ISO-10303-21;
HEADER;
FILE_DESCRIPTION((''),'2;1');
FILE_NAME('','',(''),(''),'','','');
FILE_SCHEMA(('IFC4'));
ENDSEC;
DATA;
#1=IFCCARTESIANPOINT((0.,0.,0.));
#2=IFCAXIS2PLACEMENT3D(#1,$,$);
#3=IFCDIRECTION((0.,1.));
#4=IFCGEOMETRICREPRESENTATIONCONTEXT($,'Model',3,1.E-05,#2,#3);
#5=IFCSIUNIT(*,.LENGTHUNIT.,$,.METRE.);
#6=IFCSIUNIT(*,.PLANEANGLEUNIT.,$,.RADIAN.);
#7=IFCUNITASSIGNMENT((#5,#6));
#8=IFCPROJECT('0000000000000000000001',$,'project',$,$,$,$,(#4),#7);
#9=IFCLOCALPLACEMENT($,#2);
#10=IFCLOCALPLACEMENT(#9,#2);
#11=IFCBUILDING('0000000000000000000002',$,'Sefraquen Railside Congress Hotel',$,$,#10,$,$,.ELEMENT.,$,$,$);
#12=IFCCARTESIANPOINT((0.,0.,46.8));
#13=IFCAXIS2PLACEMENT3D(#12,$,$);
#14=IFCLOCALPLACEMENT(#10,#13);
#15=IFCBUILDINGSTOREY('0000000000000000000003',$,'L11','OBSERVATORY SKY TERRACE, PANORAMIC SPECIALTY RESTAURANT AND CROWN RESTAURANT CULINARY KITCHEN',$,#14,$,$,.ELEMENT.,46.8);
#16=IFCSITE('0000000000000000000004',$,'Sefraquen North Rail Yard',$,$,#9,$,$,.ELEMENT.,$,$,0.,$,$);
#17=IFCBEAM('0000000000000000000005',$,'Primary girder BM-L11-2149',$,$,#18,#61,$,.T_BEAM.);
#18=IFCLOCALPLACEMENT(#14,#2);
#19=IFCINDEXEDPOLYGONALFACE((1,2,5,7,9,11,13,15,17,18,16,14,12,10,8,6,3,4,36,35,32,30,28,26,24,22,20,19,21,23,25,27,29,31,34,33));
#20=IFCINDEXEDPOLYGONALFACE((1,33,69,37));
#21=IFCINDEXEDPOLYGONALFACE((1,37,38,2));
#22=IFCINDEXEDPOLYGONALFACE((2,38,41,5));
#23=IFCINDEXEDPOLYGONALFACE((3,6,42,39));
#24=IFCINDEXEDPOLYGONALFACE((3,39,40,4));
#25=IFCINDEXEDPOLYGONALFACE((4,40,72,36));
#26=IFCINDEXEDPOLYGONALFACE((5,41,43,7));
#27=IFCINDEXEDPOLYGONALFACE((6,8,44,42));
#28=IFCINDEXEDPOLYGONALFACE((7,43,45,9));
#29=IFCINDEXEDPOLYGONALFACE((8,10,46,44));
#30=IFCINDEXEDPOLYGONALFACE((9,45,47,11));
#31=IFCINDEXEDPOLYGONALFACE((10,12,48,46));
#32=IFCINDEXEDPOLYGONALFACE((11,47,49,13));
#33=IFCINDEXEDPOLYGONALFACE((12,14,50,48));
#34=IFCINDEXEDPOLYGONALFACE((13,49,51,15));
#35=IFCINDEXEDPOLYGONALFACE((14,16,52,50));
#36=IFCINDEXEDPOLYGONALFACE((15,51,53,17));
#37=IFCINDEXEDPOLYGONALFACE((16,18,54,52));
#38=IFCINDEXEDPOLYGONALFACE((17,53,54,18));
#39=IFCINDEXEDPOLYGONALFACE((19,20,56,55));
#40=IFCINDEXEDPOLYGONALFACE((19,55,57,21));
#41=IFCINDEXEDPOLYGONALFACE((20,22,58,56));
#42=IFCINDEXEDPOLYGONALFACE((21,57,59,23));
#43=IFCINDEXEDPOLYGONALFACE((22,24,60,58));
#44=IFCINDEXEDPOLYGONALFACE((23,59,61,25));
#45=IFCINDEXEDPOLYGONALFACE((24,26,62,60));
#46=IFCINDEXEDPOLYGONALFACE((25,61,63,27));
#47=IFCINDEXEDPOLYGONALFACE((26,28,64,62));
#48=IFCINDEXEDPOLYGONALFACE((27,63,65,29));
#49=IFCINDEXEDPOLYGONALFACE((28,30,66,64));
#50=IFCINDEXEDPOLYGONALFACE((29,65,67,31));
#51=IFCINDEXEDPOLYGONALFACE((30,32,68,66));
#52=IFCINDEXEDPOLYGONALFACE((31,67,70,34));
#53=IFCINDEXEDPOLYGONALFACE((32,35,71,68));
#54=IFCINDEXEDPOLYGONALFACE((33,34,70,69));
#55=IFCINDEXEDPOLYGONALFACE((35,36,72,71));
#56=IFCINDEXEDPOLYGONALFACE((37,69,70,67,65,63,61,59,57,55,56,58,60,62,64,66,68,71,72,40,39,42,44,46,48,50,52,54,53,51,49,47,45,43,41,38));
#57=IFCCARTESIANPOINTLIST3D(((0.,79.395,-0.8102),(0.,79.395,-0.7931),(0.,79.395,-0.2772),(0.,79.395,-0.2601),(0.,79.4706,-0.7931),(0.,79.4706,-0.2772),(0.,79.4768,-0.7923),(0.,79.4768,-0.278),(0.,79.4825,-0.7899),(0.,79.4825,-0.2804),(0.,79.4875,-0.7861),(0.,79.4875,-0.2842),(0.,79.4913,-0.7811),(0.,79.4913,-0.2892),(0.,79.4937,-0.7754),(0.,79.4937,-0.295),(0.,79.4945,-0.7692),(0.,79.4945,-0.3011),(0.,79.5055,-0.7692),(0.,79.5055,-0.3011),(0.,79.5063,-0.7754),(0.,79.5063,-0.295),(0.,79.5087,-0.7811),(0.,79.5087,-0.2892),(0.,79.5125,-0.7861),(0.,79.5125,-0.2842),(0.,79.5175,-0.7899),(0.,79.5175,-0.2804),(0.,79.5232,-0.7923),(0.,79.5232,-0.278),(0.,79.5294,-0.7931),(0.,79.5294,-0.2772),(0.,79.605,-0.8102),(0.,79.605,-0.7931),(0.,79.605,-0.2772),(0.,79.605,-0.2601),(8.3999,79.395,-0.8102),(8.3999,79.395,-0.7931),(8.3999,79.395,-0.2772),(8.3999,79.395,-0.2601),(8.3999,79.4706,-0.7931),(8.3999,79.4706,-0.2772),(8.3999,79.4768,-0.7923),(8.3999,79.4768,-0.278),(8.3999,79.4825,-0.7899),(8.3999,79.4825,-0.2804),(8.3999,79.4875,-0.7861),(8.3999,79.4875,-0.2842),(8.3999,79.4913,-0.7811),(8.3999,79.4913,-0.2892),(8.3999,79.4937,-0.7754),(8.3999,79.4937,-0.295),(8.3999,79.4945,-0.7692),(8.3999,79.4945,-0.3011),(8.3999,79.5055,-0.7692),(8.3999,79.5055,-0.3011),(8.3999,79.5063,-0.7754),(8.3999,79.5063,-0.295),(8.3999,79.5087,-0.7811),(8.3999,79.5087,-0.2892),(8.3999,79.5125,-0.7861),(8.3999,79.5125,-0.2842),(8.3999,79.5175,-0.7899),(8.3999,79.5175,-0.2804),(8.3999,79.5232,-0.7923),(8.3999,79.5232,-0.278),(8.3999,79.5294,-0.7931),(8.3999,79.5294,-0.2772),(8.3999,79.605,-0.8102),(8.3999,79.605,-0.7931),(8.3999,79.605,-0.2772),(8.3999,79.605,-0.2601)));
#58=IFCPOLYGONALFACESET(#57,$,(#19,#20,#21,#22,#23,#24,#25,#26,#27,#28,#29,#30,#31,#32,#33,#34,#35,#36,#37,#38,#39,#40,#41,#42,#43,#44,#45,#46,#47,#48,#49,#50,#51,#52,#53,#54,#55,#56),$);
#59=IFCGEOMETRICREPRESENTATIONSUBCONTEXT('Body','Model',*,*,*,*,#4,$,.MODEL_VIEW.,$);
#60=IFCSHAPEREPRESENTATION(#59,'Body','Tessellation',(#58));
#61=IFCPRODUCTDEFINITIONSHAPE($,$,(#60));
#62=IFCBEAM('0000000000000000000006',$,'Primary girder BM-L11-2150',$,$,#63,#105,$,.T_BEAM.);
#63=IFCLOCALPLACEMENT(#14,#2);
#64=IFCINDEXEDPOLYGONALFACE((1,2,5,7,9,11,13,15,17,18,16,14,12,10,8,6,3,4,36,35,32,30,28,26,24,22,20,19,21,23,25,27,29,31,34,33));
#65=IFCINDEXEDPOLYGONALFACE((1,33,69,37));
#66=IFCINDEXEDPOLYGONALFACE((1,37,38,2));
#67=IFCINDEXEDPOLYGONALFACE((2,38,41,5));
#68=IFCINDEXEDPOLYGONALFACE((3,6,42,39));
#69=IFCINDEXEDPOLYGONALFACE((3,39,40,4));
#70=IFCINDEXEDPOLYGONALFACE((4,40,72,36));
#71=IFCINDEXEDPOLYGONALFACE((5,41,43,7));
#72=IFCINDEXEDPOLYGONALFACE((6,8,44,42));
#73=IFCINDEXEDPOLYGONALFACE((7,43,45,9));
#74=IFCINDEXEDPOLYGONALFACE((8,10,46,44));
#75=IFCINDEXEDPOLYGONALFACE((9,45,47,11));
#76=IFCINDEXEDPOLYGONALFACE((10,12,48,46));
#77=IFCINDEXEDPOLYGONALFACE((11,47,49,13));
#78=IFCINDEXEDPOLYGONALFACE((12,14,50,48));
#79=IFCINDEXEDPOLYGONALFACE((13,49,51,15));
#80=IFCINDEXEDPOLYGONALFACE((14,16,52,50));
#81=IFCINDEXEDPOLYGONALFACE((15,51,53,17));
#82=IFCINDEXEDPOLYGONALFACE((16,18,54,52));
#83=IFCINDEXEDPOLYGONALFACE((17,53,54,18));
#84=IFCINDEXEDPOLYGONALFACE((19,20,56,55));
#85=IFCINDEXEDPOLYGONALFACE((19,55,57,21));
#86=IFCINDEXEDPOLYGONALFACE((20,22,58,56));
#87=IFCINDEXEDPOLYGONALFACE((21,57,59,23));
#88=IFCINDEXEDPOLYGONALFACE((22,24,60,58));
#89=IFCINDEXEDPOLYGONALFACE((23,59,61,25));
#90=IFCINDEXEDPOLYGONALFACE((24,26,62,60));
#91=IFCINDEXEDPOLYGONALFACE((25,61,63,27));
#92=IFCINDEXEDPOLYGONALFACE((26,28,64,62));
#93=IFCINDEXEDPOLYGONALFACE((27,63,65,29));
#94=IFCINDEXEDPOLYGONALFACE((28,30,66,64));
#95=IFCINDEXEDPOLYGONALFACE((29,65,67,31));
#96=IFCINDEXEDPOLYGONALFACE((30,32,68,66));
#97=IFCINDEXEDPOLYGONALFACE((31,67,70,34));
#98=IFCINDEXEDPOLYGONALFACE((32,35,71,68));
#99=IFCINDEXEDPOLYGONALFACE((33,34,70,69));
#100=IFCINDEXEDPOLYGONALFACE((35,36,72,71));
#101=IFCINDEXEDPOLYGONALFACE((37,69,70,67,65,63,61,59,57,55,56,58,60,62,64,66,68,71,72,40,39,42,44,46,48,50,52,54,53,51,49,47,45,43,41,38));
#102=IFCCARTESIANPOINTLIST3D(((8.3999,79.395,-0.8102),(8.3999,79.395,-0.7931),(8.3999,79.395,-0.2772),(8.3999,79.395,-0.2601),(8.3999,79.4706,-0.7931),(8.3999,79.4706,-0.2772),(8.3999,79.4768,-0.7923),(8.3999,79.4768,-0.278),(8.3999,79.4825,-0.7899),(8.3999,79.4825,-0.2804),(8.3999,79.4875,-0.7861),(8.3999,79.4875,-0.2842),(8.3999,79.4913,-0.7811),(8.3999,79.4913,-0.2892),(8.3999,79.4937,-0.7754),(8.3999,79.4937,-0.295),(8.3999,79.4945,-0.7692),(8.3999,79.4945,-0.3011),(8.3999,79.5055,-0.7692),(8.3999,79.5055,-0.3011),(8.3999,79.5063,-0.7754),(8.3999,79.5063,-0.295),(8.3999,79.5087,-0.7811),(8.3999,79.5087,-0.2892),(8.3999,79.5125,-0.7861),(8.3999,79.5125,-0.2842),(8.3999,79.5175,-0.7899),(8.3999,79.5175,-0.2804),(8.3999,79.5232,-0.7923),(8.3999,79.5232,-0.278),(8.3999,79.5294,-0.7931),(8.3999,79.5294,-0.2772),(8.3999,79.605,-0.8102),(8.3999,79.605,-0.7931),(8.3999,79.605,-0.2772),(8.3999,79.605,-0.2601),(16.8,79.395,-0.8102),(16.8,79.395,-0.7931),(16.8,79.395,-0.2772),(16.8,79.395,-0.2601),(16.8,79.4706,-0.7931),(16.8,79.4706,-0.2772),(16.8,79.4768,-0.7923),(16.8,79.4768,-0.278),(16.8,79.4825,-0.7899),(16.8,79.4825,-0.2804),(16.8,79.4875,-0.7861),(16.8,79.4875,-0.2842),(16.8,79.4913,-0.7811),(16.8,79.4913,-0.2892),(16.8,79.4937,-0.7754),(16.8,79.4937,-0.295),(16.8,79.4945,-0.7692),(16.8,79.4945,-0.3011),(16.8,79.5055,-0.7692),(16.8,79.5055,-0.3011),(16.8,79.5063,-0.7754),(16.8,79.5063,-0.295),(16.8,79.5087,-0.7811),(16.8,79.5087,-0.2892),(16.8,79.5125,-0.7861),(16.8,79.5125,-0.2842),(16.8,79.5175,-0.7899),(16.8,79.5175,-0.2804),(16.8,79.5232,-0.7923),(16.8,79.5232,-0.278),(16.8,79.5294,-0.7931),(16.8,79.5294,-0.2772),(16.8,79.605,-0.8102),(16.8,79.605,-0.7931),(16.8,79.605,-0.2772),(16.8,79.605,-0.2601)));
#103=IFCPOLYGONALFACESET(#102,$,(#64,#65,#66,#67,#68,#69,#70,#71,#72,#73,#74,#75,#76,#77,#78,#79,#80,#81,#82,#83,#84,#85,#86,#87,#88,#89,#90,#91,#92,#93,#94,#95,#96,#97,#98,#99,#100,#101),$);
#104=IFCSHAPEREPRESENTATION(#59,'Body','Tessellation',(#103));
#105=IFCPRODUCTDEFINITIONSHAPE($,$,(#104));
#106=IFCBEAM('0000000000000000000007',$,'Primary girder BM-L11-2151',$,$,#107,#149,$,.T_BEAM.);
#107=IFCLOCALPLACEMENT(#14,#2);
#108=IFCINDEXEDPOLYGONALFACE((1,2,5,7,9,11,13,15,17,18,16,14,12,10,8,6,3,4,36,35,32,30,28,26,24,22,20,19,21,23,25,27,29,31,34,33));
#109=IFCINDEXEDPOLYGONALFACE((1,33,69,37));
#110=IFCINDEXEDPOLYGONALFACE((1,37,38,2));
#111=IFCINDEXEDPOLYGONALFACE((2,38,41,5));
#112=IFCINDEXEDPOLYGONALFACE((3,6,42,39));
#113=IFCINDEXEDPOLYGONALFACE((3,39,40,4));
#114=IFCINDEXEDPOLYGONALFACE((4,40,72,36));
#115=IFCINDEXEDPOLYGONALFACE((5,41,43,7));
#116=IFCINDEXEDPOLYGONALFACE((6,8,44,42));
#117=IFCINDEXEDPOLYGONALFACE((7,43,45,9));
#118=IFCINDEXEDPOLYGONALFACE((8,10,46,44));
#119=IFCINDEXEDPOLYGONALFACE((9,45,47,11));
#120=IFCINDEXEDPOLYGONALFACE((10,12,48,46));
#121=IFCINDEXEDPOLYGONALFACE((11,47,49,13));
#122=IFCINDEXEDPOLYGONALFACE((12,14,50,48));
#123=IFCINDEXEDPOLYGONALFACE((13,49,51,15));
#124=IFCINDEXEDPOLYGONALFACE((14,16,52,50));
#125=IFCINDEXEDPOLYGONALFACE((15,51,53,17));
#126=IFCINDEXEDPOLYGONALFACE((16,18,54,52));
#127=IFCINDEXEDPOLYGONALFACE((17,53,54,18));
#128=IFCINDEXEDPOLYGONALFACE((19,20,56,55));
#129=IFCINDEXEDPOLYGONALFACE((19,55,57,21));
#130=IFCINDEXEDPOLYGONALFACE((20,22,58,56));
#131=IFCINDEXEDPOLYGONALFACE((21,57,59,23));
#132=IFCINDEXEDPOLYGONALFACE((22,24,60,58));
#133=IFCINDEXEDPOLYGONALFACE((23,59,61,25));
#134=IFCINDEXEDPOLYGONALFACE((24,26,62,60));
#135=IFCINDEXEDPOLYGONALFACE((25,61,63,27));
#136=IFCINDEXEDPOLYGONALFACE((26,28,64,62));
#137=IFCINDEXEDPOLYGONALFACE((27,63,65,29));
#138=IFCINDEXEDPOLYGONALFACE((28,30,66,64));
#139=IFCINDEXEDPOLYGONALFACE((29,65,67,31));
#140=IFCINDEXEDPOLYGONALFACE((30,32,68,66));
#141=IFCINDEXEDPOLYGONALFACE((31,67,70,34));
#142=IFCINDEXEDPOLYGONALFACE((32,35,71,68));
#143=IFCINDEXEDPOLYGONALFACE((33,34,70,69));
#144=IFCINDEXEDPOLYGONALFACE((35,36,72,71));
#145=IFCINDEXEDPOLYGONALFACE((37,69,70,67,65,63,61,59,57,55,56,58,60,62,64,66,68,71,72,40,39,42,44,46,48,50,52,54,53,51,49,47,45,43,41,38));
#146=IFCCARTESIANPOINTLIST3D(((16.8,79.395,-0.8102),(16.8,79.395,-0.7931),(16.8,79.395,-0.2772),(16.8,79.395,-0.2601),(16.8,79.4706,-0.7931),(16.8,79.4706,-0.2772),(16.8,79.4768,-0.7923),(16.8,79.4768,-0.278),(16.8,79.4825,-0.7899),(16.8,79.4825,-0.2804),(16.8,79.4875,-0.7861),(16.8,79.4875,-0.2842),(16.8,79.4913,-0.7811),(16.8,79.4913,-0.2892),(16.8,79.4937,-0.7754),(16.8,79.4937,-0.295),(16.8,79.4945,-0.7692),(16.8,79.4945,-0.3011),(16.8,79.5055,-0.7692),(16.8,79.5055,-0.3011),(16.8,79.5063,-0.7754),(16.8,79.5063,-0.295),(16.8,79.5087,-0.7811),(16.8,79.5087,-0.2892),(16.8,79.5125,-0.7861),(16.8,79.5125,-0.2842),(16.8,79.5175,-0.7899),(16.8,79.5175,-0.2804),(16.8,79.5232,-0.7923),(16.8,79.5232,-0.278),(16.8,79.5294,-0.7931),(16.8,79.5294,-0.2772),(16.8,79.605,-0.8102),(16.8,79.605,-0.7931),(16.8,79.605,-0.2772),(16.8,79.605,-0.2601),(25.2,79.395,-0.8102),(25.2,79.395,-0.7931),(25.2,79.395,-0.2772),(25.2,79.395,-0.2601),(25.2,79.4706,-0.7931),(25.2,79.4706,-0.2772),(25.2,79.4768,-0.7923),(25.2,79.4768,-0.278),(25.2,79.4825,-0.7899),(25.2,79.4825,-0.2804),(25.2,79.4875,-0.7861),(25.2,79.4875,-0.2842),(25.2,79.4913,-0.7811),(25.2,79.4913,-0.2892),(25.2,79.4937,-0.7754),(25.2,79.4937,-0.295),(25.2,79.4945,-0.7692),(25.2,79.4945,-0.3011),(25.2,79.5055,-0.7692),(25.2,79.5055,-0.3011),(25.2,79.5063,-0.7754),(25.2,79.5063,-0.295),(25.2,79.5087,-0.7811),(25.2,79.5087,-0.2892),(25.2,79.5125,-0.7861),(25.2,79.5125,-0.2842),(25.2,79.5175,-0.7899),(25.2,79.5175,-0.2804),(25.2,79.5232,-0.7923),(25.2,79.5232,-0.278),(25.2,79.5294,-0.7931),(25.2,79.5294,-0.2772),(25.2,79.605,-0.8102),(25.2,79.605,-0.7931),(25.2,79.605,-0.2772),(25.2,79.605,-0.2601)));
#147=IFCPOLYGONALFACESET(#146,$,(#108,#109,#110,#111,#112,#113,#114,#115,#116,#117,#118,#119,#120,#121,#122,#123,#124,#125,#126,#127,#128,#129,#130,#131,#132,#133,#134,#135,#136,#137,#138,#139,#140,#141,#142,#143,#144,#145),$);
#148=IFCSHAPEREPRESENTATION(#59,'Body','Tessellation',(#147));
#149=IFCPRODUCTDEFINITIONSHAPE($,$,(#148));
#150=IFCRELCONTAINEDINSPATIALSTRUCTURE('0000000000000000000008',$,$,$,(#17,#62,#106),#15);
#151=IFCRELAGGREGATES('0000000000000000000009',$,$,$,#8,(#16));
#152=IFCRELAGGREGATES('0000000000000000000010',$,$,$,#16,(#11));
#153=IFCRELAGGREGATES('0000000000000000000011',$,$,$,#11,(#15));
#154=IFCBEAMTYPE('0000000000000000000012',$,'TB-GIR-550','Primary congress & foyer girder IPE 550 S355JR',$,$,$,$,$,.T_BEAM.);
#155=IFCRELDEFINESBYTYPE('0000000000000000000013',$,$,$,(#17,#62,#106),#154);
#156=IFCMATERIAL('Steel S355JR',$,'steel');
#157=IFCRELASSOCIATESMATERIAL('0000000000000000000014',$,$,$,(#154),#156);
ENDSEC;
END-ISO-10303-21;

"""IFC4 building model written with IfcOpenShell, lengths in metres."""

from ifc_helpers import new_model, si_unit, direction, frame, origin, origin_2d, place, context, subcontext, project, spatial, i_section, extrude, material, material_profile, profile_set, type_object, element, save


model = new_model("IFC4")

# Units and contexts
model_context = context("Model", 3, precision=1e-05, world=origin(), true_north=direction((0.0, 1.0)))
body_context = subcontext(model_context, "Body", "Model", "MODEL_VIEW")
ifc_project = project(units=[si_unit("LENGTHUNIT", "METRE"), si_unit("PLANEANGLEUNIT", "RADIAN")], contexts=[model_context])

# Site, building, storey
site_placement = place(None, origin())
site = spatial("IfcSite", under=ifc_project, at=site_placement, Name="Sefraquen North Rail Yard", CompositionType="ELEMENT", RefElevation=0.0)
building_placement = place(site_placement, origin())
building = spatial("IfcBuilding", under=site, at=building_placement, Name="Sefraquen Railside Congress Hotel", CompositionType="ELEMENT")
storey_placement = place(building_placement, frame((0.0, 0.0, 46.8)))
storey = spatial("IfcBuildingStorey", under=building, at=storey_placement, Name="L11", Description="OBSERVATORY SKY TERRACE, PANORAMIC SPECIALTY RESTAURANT AND CROWN RESTAURANT CULINARY KITCHEN", CompositionType="ELEMENT", Elevation=46.8)

# Shared definitions
ifc_material_1 = material(Name="Steel S355JR", Category="steel")

# Beams
ifc_material_profile_1 = material_profile(ifc_material_1, i_section(OverallWidth=0.21, OverallDepth=0.55, WebThickness=0.011, FlangeThickness=0.0171, FilletRadius=0.0239, at=origin_2d()), Name="IPE 550")
ifc_profile_set_1 = profile_set([ifc_material_profile_1], Name="Steel S355JR")
beam_type_1 = type_object("IfcBeamType", Name="TB-GIR-550", Description="Primary congress & foyer girder IPE 550 S355JR", PredefinedType="T_BEAM", material=ifc_profile_set_1)
beam_1_placement = place(storey_placement, frame((0.0, 79.5, -0.5352), z_axis=(1.0, 0.0, 0.0), x_axis=(0.0, 1.0, 0.0)))
element("IfcBeam", 1, at=beam_1_placement, inside=storey, type_object=beam_type_1, Name="Primary girder BM-L11-2149", PredefinedType="T_BEAM", context=body_context, shape_type="SweptSolid", body=[
    extrude(i_section(OverallWidth=0.21, OverallDepth=0.55, WebThickness=0.011, FlangeThickness=0.0171, FilletRadius=0.0239, at=origin_2d()), origin(), (0.0, 0.0, 1.0), 8.3999),
])
beam_2_placement = place(storey_placement, frame((8.3999, 79.5, -0.5352), z_axis=(1.0, 0.0, 0.0), x_axis=(0.0, 1.0, 0.0)))
element("IfcBeam", 2, at=beam_2_placement, inside=storey, type_object=beam_type_1, Name="Primary girder BM-L11-2150", PredefinedType="T_BEAM", context=body_context, shape_type="SweptSolid", body=[
    extrude(i_section(OverallWidth=0.21, OverallDepth=0.55, WebThickness=0.011, FlangeThickness=0.0171, FilletRadius=0.0239, at=origin_2d()), origin(), (0.0, 0.0, 1.0), 8.4001),
])
beam_3_placement = place(storey_placement, frame((16.8, 79.5, -0.5352), z_axis=(1.0, 0.0, 0.0), x_axis=(0.0, 1.0, 0.0)))
element("IfcBeam", 3, at=beam_3_placement, inside=storey, type_object=beam_type_1, Name="Primary girder BM-L11-2151", PredefinedType="T_BEAM", context=body_context, shape_type="SweptSolid", body=[
    extrude(i_section(OverallWidth=0.21, OverallDepth=0.55, WebThickness=0.011, FlangeThickness=0.0171, FilletRadius=0.0239, at=origin_2d()), origin(), (0.0, 0.0, 1.0), 8.3999),
])

save(model, "model.ifc")
